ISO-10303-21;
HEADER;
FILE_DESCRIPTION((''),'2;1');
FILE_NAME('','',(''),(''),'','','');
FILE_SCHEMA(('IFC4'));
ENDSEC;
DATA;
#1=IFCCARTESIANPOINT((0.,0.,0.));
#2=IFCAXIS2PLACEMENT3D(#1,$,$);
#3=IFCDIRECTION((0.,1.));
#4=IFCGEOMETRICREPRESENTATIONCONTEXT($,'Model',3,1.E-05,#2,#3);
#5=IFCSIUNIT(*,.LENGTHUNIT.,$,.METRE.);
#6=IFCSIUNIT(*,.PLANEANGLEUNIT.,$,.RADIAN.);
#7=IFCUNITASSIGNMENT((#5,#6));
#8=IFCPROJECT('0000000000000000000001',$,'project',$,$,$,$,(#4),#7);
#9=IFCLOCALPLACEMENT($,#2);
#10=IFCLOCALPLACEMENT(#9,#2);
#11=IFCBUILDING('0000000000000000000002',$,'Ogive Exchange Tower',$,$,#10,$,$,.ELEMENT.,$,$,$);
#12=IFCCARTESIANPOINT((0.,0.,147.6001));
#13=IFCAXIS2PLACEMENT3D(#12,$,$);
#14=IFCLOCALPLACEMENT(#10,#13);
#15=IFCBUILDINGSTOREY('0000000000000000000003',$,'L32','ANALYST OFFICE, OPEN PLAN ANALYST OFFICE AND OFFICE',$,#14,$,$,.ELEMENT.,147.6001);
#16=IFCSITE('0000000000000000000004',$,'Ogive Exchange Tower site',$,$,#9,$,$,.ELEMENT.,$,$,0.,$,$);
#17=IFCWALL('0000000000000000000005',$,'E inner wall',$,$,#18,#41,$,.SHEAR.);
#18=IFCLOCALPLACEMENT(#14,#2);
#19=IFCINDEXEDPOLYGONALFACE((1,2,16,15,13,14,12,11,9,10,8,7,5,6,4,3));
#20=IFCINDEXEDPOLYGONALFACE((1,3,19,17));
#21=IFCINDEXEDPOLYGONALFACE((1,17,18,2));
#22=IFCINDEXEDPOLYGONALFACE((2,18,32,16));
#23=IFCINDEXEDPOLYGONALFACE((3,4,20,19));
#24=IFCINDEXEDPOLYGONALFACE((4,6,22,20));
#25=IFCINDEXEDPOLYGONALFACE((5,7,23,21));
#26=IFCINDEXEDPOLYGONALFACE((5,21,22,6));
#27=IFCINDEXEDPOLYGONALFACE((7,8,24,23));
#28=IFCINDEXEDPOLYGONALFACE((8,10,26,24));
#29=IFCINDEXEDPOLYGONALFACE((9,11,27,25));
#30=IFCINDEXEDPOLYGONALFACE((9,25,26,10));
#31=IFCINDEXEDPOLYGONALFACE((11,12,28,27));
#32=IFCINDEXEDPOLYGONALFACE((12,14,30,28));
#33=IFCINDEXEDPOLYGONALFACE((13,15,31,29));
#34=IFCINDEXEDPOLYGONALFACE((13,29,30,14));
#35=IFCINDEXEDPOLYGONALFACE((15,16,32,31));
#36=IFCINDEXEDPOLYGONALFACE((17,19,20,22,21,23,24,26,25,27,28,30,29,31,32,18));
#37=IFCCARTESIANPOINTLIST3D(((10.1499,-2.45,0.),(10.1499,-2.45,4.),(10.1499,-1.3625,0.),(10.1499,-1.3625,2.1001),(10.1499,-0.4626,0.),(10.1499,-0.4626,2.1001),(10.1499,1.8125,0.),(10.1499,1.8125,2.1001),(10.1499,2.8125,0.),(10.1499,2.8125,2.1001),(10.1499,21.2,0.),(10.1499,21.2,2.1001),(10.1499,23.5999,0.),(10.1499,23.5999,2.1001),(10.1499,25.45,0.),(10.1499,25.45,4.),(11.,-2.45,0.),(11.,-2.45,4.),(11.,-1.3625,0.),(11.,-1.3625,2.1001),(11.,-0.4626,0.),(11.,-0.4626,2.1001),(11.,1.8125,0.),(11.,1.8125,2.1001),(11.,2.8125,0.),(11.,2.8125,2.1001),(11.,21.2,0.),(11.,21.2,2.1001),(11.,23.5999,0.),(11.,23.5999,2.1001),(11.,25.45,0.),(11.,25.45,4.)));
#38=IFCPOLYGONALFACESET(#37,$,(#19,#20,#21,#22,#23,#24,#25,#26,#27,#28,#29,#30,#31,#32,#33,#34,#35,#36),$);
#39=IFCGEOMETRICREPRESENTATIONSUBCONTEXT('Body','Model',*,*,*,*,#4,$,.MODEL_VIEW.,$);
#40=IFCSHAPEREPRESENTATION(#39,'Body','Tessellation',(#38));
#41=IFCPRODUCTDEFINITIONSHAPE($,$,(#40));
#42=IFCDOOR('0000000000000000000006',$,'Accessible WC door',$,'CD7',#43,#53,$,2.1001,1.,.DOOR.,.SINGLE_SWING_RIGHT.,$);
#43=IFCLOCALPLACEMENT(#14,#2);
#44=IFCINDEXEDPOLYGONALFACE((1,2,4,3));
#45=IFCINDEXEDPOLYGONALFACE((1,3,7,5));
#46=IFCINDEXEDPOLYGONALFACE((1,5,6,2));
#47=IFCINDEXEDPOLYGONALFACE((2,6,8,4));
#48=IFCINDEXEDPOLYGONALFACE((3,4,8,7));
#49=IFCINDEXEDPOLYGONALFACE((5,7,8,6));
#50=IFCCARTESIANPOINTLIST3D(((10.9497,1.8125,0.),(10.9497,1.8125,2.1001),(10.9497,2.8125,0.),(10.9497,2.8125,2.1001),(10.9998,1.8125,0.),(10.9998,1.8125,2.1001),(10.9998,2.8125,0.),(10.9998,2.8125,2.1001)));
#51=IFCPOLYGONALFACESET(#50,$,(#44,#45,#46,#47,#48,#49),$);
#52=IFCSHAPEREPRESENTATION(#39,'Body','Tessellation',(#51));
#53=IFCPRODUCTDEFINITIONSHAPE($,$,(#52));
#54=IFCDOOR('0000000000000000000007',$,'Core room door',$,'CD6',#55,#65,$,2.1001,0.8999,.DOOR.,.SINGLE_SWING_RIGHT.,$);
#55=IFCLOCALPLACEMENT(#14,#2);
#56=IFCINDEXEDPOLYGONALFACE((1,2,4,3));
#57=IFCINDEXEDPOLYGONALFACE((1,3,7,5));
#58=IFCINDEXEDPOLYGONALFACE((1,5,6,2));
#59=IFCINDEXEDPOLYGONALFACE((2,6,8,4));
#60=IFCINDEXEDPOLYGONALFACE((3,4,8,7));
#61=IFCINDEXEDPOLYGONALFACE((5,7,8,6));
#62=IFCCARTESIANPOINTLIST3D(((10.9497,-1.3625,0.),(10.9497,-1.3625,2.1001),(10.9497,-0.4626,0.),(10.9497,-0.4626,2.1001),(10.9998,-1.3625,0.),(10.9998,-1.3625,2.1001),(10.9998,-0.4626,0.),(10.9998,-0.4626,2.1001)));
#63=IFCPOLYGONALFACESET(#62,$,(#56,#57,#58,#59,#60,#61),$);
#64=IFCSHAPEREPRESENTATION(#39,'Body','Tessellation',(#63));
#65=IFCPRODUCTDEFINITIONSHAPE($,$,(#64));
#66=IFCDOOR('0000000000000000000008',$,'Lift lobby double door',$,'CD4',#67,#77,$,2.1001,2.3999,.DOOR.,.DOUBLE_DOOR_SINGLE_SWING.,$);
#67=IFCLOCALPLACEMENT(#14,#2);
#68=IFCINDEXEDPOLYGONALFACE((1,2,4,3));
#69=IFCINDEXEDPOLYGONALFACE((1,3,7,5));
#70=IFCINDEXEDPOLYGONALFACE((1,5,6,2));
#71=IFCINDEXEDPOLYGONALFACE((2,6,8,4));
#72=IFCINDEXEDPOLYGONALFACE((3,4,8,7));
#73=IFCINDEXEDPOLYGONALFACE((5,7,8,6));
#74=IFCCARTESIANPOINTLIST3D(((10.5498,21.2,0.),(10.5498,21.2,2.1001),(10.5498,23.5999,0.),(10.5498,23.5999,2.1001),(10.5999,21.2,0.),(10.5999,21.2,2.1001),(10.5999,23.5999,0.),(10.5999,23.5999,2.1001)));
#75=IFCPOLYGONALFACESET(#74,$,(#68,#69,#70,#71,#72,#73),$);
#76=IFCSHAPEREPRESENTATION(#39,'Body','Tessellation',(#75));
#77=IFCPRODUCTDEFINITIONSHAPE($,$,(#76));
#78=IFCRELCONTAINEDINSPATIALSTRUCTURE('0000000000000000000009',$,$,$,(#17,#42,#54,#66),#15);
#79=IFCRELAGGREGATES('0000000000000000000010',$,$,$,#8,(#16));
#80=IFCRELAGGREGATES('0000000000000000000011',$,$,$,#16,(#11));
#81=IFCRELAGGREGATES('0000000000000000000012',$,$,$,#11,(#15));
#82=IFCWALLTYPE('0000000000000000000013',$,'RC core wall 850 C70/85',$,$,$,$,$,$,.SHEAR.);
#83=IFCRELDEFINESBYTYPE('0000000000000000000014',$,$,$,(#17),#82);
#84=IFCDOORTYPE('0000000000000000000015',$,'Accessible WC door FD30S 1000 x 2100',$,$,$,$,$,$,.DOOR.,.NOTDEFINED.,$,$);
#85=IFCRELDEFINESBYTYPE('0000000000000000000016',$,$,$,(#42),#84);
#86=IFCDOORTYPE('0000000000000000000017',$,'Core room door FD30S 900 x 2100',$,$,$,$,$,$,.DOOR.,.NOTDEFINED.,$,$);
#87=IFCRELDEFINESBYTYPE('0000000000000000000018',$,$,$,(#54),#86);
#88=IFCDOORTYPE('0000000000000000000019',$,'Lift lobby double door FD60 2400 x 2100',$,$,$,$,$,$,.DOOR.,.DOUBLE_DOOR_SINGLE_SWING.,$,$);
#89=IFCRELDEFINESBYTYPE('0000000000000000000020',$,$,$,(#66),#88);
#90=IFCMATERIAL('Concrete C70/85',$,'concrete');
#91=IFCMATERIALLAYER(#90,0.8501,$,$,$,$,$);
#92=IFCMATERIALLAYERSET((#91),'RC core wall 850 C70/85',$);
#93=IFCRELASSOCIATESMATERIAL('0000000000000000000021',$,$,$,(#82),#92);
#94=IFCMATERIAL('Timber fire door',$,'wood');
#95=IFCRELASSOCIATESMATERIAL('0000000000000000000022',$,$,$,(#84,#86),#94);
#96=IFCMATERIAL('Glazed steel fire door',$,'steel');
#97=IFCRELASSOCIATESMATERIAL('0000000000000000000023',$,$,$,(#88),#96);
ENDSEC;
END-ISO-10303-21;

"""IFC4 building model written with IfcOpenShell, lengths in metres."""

from ifc_helpers import new_model, si_unit, direction, frame, frame_2d, origin, place, context, subcontext, project, spatial, rectangle, extrude, material, layer, layer_set, type_object, element, fill, save


model = new_model("IFC4")

# Units and contexts
model_context = context("Model", 3, precision=1e-05, world=origin(), true_north=direction((0.0, 1.0)))
body_context = subcontext(model_context, "Body", "Model", "MODEL_VIEW")
ifc_project = project(units=[si_unit("LENGTHUNIT", "METRE"), si_unit("PLANEANGLEUNIT", "RADIAN")], contexts=[model_context])

# Site, building, storey
site_placement = place(None, origin())
site = spatial("IfcSite", under=ifc_project, at=site_placement, Name="Ogive Exchange Tower site", CompositionType="ELEMENT", RefElevation=0.0)
building_placement = place(site_placement, origin())
building = spatial("IfcBuilding", under=site, at=building_placement, Name="Ogive Exchange Tower", CompositionType="ELEMENT")
storey_placement = place(building_placement, frame((0.0, 0.0, 147.6001)))
storey = spatial("IfcBuildingStorey", under=building, at=storey_placement, Name="L32", Description="ANALYST OFFICE, OPEN PLAN ANALYST OFFICE AND OFFICE", CompositionType="ELEMENT", Elevation=147.6001)

# Shared definitions
ifc_material_1 = material(Name="Concrete C70/85", Category="concrete")

# Wall, openings, doors
ifc_layer_1 = layer(ifc_material_1, 0.8501)
ifc_layer_set_1 = layer_set([ifc_layer_1], Name="RC core wall 850 C70/85")
wall_type_1 = type_object("IfcWallType", Name="RC core wall 850 C70/85", PredefinedType="SHEAR", material=ifc_layer_set_1)
wall_1_placement = place(storey_placement, frame((10.575, -2.45, 0.0), z_axis=(0.0, 0.0, 1.0), x_axis=(0.0, 1.0, 0.0)))
wall_1 = element("IfcWall", 1, at=wall_1_placement, inside=storey, type_object=wall_type_1, Name="E inner wall", PredefinedType="SHEAR", context=body_context, shape_type="SweptSolid", body=[
    extrude(rectangle(XDim=27.8999, YDim=0.8501, at=frame_2d((13.95, 0.0))), origin(), (0.0, 0.0, 1.0), 4.0),
])
opening_1_placement = place(wall_1_placement, frame((23.6499, 0.0, 0.0)))
opening_1 = element("IfcOpeningElement", 2, at=opening_1_placement, cuts=wall_1, PredefinedType="OPENING", context=body_context, shape_type="SweptSolid", body=[
    extrude(rectangle(XDim=2.3999, YDim=2.1001, at=frame_2d((1.2, 1.05))), frame((0.0, 0.4351, 0.0), z_axis=(0.0, -1.0, 0.0), x_axis=(1.0, 0.0, 0.0)), (0.0, 0.0, 1.0), 0.8701),
])
opening_2_placement = place(wall_1_placement, frame((1.0874, 0.0, 0.0)))
opening_2 = element("IfcOpeningElement", 3, at=opening_2_placement, cuts=wall_1, PredefinedType="OPENING", context=body_context, shape_type="SweptSolid", body=[
    extrude(rectangle(XDim=0.8999, YDim=2.1001, at=frame_2d((0.45, 1.05))), frame((0.0, 0.4351, 0.0), z_axis=(0.0, -1.0, 0.0), x_axis=(1.0, 0.0, 0.0)), (0.0, 0.0, 1.0), 0.8701),
])
opening_3_placement = place(wall_1_placement, frame((4.2625, 0.0, 0.0)))
opening_3 = element("IfcOpeningElement", 4, at=opening_3_placement, cuts=wall_1, PredefinedType="OPENING", context=body_context, shape_type="SweptSolid", body=[
    extrude(rectangle(XDim=1.0, YDim=2.1001, at=frame_2d((0.5, 1.05))), frame((0.0, 0.4351, 0.0), z_axis=(0.0, -1.0, 0.0), x_axis=(1.0, 0.0, 0.0)), (0.0, 0.0, 1.0), 0.8701),
])
ifc_material_2 = material(Name="Timber fire door", Category="wood")
door_type_1 = type_object("IfcDoorType", Name="Accessible WC door FD30S 1000 x 2100", OperationType="NOTDEFINED", PredefinedType="DOOR", material=ifc_material_2)
door_1_placement = place(opening_3_placement, frame((1.0, -0.7998, 0.0), z_axis=(0.0, 0.0, 1.0), x_axis=(-1.0, 0.0, 0.0)))
door_1 = element("IfcDoor", 5, at=door_1_placement, inside=storey, type_object=door_type_1, Name="Accessible WC door", ObjectType="CD7", OperationType="SINGLE_SWING_RIGHT", OverallHeight=2.1001, OverallWidth=1.0, PredefinedType="DOOR", context=body_context, shape_type="SweptSolid", body=[
    extrude(rectangle(XDim=1.0, YDim=2.1001, at=frame_2d((0.5, 1.05))), frame((0.0, -0.375, 0.0), z_axis=(0.0, -1.0, 0.0), x_axis=(1.0, 0.0, 0.0)), (0.0, 0.0, 1.0), 0.05),
])
fill(opening_3, door_1)
door_type_2 = type_object("IfcDoorType", Name="Core room door FD30S 900 x 2100", OperationType="NOTDEFINED", PredefinedType="DOOR", material=ifc_material_2)
door_2_placement = place(opening_2_placement, frame((0.8999, -0.7998, 0.0), z_axis=(0.0, 0.0, 1.0), x_axis=(-1.0, 0.0, 0.0)))
door_2 = element("IfcDoor", 6, at=door_2_placement, inside=storey, type_object=door_type_2, Name="Core room door", ObjectType="CD6", OperationType="SINGLE_SWING_RIGHT", OverallHeight=2.1001, OverallWidth=0.8999, PredefinedType="DOOR", context=body_context, shape_type="SweptSolid", body=[
    extrude(rectangle(XDim=0.8999, YDim=2.1001, at=frame_2d((0.45, 1.05))), frame((0.0, -0.375, 0.0), z_axis=(0.0, -1.0, 0.0), x_axis=(1.0, 0.0, 0.0)), (0.0, 0.0, 1.0), 0.05),
])
fill(opening_2, door_2)
ifc_material_3 = material(Name="Glazed steel fire door", Category="steel")
door_type_3 = type_object("IfcDoorType", Name="Lift lobby double door FD60 2400 x 2100", OperationType="DOUBLE_DOOR_SINGLE_SWING", PredefinedType="DOOR", material=ifc_material_3)
door_3_placement = place(opening_1_placement, frame((2.3999, 0.0, 0.0), z_axis=(0.0, 0.0, 1.0), x_axis=(-1.0, 0.0, 0.0)))
door_3 = element("IfcDoor", 7, at=door_3_placement, inside=storey, type_object=door_type_3, Name="Lift lobby double door", ObjectType="CD4", OperationType="DOUBLE_DOOR_SINGLE_SWING", OverallHeight=2.1001, OverallWidth=2.3999, PredefinedType="DOOR", context=body_context, shape_type="SweptSolid", body=[
    extrude(rectangle(XDim=2.3999, YDim=2.1001, at=frame_2d((1.2, 1.05))), frame((0.0, 0.0249, 0.0), z_axis=(0.0, -1.0, 0.0), x_axis=(1.0, 0.0, 0.0)), (0.0, 0.0, 1.0), 0.05),
])
fill(opening_1, door_3)

save(model, "model.ifc")
